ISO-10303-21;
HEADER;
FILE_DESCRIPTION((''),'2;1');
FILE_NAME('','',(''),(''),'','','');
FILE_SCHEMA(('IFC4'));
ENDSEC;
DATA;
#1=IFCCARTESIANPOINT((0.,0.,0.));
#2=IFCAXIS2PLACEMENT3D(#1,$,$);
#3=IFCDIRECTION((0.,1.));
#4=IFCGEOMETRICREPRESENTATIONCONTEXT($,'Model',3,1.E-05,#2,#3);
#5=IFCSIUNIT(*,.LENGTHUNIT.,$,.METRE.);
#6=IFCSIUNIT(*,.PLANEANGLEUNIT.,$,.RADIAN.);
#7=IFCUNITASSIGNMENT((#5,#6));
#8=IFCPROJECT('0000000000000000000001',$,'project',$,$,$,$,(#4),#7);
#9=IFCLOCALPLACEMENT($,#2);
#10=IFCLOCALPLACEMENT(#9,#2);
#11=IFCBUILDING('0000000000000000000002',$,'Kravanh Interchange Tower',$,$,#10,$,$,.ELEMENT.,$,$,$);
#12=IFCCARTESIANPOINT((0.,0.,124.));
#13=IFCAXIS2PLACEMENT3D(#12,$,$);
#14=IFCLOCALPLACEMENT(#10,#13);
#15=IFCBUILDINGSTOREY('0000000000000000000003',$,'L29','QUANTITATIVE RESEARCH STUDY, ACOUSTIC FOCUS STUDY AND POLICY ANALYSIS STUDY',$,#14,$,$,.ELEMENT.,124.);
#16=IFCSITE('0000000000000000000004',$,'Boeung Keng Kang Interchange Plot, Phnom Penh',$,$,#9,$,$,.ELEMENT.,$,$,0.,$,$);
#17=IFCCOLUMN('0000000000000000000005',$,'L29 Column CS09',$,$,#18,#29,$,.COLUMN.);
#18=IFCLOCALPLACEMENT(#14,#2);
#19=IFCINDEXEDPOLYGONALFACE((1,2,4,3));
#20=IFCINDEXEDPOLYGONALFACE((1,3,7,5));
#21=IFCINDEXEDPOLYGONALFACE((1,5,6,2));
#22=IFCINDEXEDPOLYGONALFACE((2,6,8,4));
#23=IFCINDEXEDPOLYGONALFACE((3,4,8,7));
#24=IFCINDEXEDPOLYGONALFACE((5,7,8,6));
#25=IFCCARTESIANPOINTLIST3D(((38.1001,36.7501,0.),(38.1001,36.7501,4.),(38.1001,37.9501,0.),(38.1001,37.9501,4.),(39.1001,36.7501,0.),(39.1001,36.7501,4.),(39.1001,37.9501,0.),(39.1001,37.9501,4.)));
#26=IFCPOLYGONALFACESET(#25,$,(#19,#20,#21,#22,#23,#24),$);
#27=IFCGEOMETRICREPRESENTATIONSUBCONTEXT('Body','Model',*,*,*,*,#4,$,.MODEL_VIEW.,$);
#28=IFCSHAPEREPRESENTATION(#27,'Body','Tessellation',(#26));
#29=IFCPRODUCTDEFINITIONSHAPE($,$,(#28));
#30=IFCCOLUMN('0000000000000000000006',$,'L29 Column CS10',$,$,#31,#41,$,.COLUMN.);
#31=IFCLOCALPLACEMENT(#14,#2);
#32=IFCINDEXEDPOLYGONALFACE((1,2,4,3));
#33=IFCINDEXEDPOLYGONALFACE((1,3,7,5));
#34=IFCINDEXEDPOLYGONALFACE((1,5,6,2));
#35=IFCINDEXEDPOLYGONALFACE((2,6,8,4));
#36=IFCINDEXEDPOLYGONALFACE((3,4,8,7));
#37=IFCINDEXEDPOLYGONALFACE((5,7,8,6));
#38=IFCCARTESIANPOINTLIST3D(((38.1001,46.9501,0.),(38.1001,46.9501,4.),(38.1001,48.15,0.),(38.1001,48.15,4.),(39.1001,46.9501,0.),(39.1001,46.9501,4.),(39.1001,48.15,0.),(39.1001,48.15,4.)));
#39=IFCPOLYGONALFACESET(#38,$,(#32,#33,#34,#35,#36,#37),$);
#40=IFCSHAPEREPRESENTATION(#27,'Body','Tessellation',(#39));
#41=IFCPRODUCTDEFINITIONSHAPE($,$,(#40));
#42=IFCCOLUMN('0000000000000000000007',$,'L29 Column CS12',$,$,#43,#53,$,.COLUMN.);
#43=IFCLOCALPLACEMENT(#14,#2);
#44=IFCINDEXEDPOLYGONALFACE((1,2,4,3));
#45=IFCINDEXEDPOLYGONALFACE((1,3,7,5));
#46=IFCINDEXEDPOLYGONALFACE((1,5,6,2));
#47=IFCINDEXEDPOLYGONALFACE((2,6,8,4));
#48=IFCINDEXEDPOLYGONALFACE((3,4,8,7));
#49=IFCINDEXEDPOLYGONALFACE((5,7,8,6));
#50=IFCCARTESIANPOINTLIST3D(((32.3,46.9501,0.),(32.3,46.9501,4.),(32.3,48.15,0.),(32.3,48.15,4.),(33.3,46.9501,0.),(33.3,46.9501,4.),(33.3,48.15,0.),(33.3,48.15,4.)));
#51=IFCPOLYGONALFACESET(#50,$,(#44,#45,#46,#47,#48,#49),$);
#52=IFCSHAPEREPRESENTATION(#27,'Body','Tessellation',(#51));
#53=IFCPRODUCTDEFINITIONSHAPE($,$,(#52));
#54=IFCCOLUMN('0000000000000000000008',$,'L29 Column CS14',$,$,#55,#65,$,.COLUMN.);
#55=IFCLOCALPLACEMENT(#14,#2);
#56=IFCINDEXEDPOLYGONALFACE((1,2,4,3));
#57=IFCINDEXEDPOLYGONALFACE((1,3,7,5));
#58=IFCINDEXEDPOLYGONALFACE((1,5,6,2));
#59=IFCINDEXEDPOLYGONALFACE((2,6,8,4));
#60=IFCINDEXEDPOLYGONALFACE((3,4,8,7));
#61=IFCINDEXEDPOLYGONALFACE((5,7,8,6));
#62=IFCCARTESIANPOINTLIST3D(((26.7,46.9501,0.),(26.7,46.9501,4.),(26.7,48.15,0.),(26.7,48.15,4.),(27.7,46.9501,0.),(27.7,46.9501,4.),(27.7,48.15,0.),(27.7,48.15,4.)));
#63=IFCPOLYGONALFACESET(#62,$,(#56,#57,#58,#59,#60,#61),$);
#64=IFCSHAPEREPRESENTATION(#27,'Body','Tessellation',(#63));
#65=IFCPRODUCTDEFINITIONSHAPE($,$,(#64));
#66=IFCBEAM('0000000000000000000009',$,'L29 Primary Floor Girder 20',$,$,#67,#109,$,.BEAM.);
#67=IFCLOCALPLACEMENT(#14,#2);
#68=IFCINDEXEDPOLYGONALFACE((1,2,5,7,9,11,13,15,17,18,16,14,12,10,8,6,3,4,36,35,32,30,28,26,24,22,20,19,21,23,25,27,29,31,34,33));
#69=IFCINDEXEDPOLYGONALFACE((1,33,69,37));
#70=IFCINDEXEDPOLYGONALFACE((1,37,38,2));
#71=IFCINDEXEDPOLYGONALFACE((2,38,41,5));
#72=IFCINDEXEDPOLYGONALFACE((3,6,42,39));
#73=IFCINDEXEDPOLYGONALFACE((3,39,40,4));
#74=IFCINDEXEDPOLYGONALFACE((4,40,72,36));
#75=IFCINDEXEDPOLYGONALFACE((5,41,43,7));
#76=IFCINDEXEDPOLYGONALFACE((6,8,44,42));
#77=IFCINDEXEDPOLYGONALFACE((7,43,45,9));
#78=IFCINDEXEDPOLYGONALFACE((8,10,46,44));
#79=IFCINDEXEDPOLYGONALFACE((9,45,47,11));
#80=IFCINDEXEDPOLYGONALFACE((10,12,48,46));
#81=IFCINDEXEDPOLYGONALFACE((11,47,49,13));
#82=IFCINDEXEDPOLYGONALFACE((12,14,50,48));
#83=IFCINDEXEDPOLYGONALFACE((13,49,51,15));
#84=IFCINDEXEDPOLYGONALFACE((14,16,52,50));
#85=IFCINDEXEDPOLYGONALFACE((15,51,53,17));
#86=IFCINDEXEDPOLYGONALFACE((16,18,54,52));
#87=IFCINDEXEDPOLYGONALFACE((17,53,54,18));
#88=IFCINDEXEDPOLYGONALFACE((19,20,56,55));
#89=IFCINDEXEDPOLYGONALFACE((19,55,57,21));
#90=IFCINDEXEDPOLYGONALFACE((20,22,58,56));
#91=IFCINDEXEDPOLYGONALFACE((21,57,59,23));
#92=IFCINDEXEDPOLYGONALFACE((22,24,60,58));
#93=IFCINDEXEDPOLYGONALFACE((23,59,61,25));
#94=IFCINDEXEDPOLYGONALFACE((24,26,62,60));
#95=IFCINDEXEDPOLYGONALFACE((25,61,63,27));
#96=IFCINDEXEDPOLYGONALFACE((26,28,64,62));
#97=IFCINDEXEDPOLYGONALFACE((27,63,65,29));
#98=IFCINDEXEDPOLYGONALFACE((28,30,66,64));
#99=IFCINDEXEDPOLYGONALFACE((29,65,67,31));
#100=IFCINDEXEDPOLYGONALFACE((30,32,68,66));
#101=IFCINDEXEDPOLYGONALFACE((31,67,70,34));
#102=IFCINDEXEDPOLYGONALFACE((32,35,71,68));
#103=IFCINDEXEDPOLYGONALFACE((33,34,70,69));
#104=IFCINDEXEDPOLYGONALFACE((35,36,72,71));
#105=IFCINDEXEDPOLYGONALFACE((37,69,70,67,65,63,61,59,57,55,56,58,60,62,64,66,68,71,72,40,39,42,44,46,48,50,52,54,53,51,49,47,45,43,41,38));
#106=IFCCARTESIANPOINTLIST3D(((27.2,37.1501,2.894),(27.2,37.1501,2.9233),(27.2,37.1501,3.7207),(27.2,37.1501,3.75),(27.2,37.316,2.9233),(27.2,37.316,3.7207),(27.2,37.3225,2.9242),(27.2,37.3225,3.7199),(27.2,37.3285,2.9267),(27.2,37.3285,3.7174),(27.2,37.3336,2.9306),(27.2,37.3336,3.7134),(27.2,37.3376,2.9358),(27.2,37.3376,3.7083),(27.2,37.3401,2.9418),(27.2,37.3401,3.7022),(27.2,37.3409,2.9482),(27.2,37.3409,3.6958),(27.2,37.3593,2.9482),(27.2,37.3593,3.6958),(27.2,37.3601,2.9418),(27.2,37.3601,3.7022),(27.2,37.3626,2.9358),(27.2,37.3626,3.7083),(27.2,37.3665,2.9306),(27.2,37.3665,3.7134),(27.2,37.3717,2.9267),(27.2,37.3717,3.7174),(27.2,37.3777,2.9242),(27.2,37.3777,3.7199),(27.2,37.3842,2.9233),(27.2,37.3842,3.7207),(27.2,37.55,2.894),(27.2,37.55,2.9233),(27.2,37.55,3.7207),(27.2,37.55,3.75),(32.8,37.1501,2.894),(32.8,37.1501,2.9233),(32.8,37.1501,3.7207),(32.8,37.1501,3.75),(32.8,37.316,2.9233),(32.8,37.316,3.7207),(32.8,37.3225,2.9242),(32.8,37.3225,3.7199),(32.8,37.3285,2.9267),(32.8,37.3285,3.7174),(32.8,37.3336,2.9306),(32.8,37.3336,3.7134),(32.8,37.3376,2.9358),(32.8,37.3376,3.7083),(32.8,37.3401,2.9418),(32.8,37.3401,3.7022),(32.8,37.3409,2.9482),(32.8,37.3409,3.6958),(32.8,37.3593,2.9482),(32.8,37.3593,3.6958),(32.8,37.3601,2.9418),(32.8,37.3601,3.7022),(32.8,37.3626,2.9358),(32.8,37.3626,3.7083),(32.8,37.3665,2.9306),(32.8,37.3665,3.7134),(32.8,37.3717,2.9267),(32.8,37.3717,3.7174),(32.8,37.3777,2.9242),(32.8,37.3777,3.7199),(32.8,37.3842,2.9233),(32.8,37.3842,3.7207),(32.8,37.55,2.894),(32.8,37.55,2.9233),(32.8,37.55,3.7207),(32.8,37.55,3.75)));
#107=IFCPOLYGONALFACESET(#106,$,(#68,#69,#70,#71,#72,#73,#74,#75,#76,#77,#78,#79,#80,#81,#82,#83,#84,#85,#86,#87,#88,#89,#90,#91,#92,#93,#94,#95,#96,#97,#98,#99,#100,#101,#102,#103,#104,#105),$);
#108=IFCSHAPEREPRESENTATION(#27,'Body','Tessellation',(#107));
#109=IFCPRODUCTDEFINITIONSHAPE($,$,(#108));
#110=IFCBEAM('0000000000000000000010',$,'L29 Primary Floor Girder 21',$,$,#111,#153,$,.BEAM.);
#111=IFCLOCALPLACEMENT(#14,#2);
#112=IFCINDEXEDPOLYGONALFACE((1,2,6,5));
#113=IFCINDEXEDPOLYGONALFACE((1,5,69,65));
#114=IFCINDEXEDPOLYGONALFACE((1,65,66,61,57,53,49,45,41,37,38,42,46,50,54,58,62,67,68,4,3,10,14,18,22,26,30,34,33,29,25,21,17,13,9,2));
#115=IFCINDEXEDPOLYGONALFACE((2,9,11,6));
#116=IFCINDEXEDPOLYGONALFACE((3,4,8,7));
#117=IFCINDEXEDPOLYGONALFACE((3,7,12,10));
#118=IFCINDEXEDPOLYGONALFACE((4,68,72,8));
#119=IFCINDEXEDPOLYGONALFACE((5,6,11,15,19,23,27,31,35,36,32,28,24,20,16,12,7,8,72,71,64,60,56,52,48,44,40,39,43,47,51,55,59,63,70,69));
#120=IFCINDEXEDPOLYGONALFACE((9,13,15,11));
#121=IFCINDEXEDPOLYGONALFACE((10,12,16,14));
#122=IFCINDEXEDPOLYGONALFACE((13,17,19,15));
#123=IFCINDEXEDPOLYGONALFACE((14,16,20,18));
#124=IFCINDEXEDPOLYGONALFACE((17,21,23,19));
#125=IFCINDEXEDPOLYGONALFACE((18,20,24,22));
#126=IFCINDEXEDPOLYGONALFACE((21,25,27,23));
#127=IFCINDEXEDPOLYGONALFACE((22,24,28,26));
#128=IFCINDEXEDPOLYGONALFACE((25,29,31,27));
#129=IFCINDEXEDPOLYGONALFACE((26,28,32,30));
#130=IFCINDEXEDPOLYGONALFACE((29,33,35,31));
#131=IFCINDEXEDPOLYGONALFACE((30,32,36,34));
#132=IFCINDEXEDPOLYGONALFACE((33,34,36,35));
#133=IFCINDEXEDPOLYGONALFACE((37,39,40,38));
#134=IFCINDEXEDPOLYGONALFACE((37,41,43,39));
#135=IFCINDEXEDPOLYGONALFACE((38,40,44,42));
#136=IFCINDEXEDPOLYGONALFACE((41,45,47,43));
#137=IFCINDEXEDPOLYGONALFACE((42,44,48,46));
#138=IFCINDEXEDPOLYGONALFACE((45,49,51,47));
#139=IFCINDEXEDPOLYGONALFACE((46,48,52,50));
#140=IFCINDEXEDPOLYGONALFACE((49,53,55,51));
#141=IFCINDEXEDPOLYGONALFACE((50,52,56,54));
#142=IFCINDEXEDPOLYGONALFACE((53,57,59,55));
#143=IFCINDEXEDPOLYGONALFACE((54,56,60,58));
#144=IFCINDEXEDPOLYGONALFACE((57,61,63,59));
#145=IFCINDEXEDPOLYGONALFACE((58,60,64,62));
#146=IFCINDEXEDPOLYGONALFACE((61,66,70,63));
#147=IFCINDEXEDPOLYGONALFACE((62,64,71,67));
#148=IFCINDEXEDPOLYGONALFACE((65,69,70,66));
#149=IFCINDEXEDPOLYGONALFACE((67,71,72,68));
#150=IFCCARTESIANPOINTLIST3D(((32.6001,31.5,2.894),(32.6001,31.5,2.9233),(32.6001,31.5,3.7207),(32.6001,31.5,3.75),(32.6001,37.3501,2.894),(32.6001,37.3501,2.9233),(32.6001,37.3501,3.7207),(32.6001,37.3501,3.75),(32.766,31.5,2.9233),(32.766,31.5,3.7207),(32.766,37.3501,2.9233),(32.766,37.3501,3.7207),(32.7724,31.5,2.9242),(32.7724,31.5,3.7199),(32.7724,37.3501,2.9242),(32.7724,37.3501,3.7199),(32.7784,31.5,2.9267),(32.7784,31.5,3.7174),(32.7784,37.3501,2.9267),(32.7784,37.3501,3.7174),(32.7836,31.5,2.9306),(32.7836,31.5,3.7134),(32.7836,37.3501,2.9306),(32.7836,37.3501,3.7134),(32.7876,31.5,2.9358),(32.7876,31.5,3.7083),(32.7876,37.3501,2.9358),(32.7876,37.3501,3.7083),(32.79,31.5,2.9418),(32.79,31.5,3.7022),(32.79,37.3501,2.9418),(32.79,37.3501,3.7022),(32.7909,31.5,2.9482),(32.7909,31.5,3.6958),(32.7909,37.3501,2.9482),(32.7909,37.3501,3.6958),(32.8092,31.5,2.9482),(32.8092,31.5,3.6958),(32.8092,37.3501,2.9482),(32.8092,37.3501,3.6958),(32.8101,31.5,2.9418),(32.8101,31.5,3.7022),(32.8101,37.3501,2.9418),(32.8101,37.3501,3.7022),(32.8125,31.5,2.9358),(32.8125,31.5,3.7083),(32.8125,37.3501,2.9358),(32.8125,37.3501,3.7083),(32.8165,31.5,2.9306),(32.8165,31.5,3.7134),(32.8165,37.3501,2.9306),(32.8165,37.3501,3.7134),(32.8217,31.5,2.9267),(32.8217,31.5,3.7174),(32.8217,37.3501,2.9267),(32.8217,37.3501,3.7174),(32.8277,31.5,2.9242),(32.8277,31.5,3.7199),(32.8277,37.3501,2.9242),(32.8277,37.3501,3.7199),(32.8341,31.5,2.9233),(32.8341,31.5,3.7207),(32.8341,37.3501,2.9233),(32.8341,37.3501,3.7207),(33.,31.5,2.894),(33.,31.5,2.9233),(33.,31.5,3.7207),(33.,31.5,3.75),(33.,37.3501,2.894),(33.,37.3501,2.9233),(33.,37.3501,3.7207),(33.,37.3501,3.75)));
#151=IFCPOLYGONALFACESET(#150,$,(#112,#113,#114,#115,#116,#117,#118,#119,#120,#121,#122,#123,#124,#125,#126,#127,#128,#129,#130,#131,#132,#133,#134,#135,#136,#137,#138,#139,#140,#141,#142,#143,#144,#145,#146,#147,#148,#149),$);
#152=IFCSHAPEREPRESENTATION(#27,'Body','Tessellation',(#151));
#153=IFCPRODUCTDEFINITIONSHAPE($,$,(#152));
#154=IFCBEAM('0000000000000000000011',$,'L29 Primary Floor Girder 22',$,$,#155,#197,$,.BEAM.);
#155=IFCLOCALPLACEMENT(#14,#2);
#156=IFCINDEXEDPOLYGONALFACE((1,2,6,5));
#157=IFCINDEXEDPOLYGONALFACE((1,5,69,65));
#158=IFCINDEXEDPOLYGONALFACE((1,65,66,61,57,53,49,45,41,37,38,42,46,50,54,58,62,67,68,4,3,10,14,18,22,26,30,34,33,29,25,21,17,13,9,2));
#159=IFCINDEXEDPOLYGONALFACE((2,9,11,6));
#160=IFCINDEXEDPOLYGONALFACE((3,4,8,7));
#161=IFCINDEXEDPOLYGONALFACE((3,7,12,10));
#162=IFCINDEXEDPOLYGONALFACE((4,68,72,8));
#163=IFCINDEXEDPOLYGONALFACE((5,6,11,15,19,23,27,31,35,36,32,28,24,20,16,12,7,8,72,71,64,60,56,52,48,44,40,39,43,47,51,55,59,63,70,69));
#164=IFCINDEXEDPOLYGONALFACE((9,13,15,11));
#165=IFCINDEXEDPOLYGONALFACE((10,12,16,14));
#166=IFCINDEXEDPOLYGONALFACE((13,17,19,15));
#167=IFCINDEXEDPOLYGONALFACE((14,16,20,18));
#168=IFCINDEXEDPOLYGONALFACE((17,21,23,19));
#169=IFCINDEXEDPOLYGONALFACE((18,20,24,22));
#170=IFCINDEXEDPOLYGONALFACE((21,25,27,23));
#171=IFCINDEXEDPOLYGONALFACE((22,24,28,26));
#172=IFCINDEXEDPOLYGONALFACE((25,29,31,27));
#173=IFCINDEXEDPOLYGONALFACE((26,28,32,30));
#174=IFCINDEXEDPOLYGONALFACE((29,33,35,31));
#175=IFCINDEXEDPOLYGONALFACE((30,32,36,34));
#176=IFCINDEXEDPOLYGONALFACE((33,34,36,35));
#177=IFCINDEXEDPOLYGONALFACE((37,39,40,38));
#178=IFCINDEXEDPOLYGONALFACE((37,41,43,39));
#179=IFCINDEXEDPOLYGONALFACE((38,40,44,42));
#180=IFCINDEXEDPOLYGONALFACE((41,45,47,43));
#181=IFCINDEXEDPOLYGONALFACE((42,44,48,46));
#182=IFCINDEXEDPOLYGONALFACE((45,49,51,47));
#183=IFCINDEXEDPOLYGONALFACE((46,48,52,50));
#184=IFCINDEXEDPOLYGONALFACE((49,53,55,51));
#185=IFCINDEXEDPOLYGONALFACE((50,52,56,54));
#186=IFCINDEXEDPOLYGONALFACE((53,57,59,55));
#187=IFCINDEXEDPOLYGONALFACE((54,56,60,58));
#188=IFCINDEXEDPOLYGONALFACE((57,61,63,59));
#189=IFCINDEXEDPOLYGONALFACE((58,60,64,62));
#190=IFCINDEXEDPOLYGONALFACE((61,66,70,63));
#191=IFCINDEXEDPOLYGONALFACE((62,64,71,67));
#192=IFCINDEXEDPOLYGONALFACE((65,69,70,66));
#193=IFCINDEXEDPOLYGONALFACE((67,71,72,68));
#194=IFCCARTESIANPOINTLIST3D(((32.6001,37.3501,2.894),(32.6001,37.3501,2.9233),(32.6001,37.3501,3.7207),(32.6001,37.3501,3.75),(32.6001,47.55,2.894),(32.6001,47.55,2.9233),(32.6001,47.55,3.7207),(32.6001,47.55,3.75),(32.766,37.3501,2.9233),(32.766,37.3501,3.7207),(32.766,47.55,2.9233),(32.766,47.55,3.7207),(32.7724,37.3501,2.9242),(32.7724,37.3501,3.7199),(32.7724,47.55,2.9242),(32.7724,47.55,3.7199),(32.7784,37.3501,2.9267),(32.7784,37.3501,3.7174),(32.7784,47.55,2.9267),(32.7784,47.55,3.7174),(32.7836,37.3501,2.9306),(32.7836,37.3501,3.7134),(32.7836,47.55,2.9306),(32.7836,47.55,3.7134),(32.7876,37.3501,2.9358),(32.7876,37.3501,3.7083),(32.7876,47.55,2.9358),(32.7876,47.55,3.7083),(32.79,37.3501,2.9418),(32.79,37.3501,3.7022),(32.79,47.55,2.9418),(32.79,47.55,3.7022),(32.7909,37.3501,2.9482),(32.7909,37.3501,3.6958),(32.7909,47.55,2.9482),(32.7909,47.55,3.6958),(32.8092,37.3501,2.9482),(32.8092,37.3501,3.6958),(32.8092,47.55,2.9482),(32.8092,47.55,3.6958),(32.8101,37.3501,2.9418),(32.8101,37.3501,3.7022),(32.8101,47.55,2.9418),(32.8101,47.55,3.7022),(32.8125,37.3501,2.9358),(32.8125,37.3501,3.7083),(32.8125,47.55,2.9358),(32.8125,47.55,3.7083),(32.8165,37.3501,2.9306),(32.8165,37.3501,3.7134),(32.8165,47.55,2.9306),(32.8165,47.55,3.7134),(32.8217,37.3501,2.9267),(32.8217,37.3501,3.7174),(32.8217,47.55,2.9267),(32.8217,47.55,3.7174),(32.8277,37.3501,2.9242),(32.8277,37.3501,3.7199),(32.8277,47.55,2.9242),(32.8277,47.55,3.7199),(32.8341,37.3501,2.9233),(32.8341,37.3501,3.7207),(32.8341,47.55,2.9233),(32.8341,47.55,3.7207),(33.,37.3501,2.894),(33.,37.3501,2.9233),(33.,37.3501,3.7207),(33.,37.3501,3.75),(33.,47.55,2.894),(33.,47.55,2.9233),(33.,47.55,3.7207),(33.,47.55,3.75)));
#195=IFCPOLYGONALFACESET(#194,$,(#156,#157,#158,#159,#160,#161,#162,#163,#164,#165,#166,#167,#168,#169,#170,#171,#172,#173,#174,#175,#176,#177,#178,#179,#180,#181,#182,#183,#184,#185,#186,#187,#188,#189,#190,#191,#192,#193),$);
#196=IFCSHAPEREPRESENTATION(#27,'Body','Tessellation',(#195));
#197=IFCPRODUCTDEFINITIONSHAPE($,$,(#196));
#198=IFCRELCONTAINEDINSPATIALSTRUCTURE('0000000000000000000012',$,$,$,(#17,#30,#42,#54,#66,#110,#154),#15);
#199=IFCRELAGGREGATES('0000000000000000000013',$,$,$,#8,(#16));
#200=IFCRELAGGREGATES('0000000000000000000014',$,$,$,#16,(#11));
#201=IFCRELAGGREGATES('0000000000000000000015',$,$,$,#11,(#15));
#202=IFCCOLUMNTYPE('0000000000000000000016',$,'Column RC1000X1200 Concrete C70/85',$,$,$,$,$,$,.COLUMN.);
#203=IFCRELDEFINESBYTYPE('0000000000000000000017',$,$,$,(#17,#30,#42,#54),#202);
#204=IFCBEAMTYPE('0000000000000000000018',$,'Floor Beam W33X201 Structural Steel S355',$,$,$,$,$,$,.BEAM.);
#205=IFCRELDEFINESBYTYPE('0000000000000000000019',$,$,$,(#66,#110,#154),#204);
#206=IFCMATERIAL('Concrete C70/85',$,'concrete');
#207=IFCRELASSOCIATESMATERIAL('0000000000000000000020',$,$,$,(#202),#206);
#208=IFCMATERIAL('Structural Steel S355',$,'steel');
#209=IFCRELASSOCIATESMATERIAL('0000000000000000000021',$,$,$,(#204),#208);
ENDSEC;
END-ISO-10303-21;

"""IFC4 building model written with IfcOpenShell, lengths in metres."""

from ifc_helpers import new_model, si_unit, direction, frame, origin, origin_2d, place, context, subcontext, project, spatial, rectangle, i_section, extrude, material, material_profile, profile_set, type_object, element, save


model = new_model("IFC4")

# Units and contexts
model_context = context("Model", 3, precision=1e-05, world=origin(), true_north=direction((0.0, 1.0)))
body_context = subcontext(model_context, "Body", "Model", "MODEL_VIEW")
ifc_project = project(units=[si_unit("LENGTHUNIT", "METRE"), si_unit("PLANEANGLEUNIT", "RADIAN")], contexts=[model_context])

# Site, building, storey
site_placement = place(None, origin())
site = spatial("IfcSite", under=ifc_project, at=site_placement, Name="Boeung Keng Kang Interchange Plot, Phnom Penh", CompositionType="ELEMENT", RefElevation=0.0)
building_placement = place(site_placement, origin())
building = spatial("IfcBuilding", under=site, at=building_placement, Name="Kravanh Interchange Tower", CompositionType="ELEMENT")
storey_placement = place(building_placement, frame((0.0, 0.0, 124.0)))
storey = spatial("IfcBuildingStorey", under=building, at=storey_placement, Name="L29", Description="QUANTITATIVE RESEARCH STUDY, ACOUSTIC FOCUS STUDY AND POLICY ANALYSIS STUDY", CompositionType="ELEMENT", Elevation=124.0)

# Columns
ifc_material_1 = material(Name="Concrete C70/85", Category="concrete")
ifc_material_profile_1 = material_profile(ifc_material_1, rectangle(XDim=1.0, YDim=1.2, at=origin_2d()), Name="RC1000X1200")
ifc_profile_set_1 = profile_set([ifc_material_profile_1], Name="Concrete C70/85")
column_type = type_object("IfcColumnType", Name="Column RC1000X1200 Concrete C70/85", PredefinedType="COLUMN", material=ifc_profile_set_1)
for number, where, z_axis, x_axis, name in (
    (1, (38.6001, 37.3501, 0.0), (0.0, 0.0, 1.0), (1.0, 0.0, 0.0), "L29 Column CS09"),
    (2, (38.6001, 47.55, 0.0), (0.0, 0.0, 1.0), (1.0, 0.0, 0.0), "L29 Column CS10"),
    (3, (32.8, 47.55, 0.0), (0.0, 0.0, 1.0), (1.0, 0.0, 0.0), "L29 Column CS12"),
    (4, (27.2, 47.55, 0.0), (0.0, 0.0, 1.0), (1.0, 0.0, 0.0), "L29 Column CS14"),
):
    element("IfcColumn", number, at=place(storey_placement, frame(where, z_axis=z_axis, x_axis=x_axis)), inside=storey, type_object=column_type, Name=name, PredefinedType="COLUMN", context=body_context, shape_type="SweptSolid", body=[
        extrude(rectangle(XDim=1.0, YDim=1.2, at=origin_2d()), origin(), (0.0, 0.0, 1.0), 4.0),
    ])

# Beams
ifc_material_2 = material(Name="Structural Steel S355", Category="steel")
ifc_material_profile_2 = material_profile(ifc_material_2, i_section(OverallWidth=0.3999, OverallDepth=0.856, WebThickness=0.0183, FlangeThickness=0.0293, FilletRadius=0.0249, at=origin_2d()), Name="W33X201")
ifc_profile_set_2 = profile_set([ifc_material_profile_2], Name="Structural Steel S355")
beam_type = type_object("IfcBeamType", Name="Floor Beam W33X201 Structural Steel S355", PredefinedType="BEAM", material=ifc_profile_set_2)
beam_1_placement = place(storey_placement, frame((32.8, 37.3501, 3.322), z_axis=(-1.0, 0.0, 0.0), x_axis=(0.0, -1.0, 0.0)))
element("IfcBeam", 5, at=beam_1_placement, inside=storey, type_object=beam_type, Name="L29 Primary Floor Girder 20", PredefinedType="BEAM", context=body_context, shape_type="SweptSolid", body=[
    extrude(i_section(OverallWidth=0.3999, OverallDepth=0.856, WebThickness=0.0183, FlangeThickness=0.0293, FilletRadius=0.0249, at=origin_2d()), origin(), (0.0, 0.0, 1.0), 5.6001),
])
beam_2_placement = place(storey_placement, frame((32.8, 37.3501, 3.322), z_axis=(0.0, -1.0, 0.0), x_axis=(1.0, 0.0, 0.0)))
element("IfcBeam", 6, at=beam_2_placement, inside=storey, type_object=beam_type, Name="L29 Primary Floor Girder 21", PredefinedType="BEAM", context=body_context, shape_type="SweptSolid", body=[
    extrude(i_section(OverallWidth=0.3999, OverallDepth=0.856, WebThickness=0.0183, FlangeThickness=0.0293, FilletRadius=0.0249, at=origin_2d()), origin(), (0.0, 0.0, 1.0), 5.8501),
])
beam_3_placement = place(storey_placement, frame((32.8, 37.3501, 3.322), z_axis=(0.0, 1.0, 0.0), x_axis=(-1.0, 0.0, 0.0)))
element("IfcBeam", 7, at=beam_3_placement, inside=storey, type_object=beam_type, Name="L29 Primary Floor Girder 22", PredefinedType="BEAM", context=body_context, shape_type="SweptSolid", body=[
    extrude(i_section(OverallWidth=0.3999, OverallDepth=0.856, WebThickness=0.0183, FlangeThickness=0.0293, FilletRadius=0.0249, at=origin_2d()), origin(), (0.0, 0.0, 1.0), 10.2),
])

save(model, "model.ifc")
